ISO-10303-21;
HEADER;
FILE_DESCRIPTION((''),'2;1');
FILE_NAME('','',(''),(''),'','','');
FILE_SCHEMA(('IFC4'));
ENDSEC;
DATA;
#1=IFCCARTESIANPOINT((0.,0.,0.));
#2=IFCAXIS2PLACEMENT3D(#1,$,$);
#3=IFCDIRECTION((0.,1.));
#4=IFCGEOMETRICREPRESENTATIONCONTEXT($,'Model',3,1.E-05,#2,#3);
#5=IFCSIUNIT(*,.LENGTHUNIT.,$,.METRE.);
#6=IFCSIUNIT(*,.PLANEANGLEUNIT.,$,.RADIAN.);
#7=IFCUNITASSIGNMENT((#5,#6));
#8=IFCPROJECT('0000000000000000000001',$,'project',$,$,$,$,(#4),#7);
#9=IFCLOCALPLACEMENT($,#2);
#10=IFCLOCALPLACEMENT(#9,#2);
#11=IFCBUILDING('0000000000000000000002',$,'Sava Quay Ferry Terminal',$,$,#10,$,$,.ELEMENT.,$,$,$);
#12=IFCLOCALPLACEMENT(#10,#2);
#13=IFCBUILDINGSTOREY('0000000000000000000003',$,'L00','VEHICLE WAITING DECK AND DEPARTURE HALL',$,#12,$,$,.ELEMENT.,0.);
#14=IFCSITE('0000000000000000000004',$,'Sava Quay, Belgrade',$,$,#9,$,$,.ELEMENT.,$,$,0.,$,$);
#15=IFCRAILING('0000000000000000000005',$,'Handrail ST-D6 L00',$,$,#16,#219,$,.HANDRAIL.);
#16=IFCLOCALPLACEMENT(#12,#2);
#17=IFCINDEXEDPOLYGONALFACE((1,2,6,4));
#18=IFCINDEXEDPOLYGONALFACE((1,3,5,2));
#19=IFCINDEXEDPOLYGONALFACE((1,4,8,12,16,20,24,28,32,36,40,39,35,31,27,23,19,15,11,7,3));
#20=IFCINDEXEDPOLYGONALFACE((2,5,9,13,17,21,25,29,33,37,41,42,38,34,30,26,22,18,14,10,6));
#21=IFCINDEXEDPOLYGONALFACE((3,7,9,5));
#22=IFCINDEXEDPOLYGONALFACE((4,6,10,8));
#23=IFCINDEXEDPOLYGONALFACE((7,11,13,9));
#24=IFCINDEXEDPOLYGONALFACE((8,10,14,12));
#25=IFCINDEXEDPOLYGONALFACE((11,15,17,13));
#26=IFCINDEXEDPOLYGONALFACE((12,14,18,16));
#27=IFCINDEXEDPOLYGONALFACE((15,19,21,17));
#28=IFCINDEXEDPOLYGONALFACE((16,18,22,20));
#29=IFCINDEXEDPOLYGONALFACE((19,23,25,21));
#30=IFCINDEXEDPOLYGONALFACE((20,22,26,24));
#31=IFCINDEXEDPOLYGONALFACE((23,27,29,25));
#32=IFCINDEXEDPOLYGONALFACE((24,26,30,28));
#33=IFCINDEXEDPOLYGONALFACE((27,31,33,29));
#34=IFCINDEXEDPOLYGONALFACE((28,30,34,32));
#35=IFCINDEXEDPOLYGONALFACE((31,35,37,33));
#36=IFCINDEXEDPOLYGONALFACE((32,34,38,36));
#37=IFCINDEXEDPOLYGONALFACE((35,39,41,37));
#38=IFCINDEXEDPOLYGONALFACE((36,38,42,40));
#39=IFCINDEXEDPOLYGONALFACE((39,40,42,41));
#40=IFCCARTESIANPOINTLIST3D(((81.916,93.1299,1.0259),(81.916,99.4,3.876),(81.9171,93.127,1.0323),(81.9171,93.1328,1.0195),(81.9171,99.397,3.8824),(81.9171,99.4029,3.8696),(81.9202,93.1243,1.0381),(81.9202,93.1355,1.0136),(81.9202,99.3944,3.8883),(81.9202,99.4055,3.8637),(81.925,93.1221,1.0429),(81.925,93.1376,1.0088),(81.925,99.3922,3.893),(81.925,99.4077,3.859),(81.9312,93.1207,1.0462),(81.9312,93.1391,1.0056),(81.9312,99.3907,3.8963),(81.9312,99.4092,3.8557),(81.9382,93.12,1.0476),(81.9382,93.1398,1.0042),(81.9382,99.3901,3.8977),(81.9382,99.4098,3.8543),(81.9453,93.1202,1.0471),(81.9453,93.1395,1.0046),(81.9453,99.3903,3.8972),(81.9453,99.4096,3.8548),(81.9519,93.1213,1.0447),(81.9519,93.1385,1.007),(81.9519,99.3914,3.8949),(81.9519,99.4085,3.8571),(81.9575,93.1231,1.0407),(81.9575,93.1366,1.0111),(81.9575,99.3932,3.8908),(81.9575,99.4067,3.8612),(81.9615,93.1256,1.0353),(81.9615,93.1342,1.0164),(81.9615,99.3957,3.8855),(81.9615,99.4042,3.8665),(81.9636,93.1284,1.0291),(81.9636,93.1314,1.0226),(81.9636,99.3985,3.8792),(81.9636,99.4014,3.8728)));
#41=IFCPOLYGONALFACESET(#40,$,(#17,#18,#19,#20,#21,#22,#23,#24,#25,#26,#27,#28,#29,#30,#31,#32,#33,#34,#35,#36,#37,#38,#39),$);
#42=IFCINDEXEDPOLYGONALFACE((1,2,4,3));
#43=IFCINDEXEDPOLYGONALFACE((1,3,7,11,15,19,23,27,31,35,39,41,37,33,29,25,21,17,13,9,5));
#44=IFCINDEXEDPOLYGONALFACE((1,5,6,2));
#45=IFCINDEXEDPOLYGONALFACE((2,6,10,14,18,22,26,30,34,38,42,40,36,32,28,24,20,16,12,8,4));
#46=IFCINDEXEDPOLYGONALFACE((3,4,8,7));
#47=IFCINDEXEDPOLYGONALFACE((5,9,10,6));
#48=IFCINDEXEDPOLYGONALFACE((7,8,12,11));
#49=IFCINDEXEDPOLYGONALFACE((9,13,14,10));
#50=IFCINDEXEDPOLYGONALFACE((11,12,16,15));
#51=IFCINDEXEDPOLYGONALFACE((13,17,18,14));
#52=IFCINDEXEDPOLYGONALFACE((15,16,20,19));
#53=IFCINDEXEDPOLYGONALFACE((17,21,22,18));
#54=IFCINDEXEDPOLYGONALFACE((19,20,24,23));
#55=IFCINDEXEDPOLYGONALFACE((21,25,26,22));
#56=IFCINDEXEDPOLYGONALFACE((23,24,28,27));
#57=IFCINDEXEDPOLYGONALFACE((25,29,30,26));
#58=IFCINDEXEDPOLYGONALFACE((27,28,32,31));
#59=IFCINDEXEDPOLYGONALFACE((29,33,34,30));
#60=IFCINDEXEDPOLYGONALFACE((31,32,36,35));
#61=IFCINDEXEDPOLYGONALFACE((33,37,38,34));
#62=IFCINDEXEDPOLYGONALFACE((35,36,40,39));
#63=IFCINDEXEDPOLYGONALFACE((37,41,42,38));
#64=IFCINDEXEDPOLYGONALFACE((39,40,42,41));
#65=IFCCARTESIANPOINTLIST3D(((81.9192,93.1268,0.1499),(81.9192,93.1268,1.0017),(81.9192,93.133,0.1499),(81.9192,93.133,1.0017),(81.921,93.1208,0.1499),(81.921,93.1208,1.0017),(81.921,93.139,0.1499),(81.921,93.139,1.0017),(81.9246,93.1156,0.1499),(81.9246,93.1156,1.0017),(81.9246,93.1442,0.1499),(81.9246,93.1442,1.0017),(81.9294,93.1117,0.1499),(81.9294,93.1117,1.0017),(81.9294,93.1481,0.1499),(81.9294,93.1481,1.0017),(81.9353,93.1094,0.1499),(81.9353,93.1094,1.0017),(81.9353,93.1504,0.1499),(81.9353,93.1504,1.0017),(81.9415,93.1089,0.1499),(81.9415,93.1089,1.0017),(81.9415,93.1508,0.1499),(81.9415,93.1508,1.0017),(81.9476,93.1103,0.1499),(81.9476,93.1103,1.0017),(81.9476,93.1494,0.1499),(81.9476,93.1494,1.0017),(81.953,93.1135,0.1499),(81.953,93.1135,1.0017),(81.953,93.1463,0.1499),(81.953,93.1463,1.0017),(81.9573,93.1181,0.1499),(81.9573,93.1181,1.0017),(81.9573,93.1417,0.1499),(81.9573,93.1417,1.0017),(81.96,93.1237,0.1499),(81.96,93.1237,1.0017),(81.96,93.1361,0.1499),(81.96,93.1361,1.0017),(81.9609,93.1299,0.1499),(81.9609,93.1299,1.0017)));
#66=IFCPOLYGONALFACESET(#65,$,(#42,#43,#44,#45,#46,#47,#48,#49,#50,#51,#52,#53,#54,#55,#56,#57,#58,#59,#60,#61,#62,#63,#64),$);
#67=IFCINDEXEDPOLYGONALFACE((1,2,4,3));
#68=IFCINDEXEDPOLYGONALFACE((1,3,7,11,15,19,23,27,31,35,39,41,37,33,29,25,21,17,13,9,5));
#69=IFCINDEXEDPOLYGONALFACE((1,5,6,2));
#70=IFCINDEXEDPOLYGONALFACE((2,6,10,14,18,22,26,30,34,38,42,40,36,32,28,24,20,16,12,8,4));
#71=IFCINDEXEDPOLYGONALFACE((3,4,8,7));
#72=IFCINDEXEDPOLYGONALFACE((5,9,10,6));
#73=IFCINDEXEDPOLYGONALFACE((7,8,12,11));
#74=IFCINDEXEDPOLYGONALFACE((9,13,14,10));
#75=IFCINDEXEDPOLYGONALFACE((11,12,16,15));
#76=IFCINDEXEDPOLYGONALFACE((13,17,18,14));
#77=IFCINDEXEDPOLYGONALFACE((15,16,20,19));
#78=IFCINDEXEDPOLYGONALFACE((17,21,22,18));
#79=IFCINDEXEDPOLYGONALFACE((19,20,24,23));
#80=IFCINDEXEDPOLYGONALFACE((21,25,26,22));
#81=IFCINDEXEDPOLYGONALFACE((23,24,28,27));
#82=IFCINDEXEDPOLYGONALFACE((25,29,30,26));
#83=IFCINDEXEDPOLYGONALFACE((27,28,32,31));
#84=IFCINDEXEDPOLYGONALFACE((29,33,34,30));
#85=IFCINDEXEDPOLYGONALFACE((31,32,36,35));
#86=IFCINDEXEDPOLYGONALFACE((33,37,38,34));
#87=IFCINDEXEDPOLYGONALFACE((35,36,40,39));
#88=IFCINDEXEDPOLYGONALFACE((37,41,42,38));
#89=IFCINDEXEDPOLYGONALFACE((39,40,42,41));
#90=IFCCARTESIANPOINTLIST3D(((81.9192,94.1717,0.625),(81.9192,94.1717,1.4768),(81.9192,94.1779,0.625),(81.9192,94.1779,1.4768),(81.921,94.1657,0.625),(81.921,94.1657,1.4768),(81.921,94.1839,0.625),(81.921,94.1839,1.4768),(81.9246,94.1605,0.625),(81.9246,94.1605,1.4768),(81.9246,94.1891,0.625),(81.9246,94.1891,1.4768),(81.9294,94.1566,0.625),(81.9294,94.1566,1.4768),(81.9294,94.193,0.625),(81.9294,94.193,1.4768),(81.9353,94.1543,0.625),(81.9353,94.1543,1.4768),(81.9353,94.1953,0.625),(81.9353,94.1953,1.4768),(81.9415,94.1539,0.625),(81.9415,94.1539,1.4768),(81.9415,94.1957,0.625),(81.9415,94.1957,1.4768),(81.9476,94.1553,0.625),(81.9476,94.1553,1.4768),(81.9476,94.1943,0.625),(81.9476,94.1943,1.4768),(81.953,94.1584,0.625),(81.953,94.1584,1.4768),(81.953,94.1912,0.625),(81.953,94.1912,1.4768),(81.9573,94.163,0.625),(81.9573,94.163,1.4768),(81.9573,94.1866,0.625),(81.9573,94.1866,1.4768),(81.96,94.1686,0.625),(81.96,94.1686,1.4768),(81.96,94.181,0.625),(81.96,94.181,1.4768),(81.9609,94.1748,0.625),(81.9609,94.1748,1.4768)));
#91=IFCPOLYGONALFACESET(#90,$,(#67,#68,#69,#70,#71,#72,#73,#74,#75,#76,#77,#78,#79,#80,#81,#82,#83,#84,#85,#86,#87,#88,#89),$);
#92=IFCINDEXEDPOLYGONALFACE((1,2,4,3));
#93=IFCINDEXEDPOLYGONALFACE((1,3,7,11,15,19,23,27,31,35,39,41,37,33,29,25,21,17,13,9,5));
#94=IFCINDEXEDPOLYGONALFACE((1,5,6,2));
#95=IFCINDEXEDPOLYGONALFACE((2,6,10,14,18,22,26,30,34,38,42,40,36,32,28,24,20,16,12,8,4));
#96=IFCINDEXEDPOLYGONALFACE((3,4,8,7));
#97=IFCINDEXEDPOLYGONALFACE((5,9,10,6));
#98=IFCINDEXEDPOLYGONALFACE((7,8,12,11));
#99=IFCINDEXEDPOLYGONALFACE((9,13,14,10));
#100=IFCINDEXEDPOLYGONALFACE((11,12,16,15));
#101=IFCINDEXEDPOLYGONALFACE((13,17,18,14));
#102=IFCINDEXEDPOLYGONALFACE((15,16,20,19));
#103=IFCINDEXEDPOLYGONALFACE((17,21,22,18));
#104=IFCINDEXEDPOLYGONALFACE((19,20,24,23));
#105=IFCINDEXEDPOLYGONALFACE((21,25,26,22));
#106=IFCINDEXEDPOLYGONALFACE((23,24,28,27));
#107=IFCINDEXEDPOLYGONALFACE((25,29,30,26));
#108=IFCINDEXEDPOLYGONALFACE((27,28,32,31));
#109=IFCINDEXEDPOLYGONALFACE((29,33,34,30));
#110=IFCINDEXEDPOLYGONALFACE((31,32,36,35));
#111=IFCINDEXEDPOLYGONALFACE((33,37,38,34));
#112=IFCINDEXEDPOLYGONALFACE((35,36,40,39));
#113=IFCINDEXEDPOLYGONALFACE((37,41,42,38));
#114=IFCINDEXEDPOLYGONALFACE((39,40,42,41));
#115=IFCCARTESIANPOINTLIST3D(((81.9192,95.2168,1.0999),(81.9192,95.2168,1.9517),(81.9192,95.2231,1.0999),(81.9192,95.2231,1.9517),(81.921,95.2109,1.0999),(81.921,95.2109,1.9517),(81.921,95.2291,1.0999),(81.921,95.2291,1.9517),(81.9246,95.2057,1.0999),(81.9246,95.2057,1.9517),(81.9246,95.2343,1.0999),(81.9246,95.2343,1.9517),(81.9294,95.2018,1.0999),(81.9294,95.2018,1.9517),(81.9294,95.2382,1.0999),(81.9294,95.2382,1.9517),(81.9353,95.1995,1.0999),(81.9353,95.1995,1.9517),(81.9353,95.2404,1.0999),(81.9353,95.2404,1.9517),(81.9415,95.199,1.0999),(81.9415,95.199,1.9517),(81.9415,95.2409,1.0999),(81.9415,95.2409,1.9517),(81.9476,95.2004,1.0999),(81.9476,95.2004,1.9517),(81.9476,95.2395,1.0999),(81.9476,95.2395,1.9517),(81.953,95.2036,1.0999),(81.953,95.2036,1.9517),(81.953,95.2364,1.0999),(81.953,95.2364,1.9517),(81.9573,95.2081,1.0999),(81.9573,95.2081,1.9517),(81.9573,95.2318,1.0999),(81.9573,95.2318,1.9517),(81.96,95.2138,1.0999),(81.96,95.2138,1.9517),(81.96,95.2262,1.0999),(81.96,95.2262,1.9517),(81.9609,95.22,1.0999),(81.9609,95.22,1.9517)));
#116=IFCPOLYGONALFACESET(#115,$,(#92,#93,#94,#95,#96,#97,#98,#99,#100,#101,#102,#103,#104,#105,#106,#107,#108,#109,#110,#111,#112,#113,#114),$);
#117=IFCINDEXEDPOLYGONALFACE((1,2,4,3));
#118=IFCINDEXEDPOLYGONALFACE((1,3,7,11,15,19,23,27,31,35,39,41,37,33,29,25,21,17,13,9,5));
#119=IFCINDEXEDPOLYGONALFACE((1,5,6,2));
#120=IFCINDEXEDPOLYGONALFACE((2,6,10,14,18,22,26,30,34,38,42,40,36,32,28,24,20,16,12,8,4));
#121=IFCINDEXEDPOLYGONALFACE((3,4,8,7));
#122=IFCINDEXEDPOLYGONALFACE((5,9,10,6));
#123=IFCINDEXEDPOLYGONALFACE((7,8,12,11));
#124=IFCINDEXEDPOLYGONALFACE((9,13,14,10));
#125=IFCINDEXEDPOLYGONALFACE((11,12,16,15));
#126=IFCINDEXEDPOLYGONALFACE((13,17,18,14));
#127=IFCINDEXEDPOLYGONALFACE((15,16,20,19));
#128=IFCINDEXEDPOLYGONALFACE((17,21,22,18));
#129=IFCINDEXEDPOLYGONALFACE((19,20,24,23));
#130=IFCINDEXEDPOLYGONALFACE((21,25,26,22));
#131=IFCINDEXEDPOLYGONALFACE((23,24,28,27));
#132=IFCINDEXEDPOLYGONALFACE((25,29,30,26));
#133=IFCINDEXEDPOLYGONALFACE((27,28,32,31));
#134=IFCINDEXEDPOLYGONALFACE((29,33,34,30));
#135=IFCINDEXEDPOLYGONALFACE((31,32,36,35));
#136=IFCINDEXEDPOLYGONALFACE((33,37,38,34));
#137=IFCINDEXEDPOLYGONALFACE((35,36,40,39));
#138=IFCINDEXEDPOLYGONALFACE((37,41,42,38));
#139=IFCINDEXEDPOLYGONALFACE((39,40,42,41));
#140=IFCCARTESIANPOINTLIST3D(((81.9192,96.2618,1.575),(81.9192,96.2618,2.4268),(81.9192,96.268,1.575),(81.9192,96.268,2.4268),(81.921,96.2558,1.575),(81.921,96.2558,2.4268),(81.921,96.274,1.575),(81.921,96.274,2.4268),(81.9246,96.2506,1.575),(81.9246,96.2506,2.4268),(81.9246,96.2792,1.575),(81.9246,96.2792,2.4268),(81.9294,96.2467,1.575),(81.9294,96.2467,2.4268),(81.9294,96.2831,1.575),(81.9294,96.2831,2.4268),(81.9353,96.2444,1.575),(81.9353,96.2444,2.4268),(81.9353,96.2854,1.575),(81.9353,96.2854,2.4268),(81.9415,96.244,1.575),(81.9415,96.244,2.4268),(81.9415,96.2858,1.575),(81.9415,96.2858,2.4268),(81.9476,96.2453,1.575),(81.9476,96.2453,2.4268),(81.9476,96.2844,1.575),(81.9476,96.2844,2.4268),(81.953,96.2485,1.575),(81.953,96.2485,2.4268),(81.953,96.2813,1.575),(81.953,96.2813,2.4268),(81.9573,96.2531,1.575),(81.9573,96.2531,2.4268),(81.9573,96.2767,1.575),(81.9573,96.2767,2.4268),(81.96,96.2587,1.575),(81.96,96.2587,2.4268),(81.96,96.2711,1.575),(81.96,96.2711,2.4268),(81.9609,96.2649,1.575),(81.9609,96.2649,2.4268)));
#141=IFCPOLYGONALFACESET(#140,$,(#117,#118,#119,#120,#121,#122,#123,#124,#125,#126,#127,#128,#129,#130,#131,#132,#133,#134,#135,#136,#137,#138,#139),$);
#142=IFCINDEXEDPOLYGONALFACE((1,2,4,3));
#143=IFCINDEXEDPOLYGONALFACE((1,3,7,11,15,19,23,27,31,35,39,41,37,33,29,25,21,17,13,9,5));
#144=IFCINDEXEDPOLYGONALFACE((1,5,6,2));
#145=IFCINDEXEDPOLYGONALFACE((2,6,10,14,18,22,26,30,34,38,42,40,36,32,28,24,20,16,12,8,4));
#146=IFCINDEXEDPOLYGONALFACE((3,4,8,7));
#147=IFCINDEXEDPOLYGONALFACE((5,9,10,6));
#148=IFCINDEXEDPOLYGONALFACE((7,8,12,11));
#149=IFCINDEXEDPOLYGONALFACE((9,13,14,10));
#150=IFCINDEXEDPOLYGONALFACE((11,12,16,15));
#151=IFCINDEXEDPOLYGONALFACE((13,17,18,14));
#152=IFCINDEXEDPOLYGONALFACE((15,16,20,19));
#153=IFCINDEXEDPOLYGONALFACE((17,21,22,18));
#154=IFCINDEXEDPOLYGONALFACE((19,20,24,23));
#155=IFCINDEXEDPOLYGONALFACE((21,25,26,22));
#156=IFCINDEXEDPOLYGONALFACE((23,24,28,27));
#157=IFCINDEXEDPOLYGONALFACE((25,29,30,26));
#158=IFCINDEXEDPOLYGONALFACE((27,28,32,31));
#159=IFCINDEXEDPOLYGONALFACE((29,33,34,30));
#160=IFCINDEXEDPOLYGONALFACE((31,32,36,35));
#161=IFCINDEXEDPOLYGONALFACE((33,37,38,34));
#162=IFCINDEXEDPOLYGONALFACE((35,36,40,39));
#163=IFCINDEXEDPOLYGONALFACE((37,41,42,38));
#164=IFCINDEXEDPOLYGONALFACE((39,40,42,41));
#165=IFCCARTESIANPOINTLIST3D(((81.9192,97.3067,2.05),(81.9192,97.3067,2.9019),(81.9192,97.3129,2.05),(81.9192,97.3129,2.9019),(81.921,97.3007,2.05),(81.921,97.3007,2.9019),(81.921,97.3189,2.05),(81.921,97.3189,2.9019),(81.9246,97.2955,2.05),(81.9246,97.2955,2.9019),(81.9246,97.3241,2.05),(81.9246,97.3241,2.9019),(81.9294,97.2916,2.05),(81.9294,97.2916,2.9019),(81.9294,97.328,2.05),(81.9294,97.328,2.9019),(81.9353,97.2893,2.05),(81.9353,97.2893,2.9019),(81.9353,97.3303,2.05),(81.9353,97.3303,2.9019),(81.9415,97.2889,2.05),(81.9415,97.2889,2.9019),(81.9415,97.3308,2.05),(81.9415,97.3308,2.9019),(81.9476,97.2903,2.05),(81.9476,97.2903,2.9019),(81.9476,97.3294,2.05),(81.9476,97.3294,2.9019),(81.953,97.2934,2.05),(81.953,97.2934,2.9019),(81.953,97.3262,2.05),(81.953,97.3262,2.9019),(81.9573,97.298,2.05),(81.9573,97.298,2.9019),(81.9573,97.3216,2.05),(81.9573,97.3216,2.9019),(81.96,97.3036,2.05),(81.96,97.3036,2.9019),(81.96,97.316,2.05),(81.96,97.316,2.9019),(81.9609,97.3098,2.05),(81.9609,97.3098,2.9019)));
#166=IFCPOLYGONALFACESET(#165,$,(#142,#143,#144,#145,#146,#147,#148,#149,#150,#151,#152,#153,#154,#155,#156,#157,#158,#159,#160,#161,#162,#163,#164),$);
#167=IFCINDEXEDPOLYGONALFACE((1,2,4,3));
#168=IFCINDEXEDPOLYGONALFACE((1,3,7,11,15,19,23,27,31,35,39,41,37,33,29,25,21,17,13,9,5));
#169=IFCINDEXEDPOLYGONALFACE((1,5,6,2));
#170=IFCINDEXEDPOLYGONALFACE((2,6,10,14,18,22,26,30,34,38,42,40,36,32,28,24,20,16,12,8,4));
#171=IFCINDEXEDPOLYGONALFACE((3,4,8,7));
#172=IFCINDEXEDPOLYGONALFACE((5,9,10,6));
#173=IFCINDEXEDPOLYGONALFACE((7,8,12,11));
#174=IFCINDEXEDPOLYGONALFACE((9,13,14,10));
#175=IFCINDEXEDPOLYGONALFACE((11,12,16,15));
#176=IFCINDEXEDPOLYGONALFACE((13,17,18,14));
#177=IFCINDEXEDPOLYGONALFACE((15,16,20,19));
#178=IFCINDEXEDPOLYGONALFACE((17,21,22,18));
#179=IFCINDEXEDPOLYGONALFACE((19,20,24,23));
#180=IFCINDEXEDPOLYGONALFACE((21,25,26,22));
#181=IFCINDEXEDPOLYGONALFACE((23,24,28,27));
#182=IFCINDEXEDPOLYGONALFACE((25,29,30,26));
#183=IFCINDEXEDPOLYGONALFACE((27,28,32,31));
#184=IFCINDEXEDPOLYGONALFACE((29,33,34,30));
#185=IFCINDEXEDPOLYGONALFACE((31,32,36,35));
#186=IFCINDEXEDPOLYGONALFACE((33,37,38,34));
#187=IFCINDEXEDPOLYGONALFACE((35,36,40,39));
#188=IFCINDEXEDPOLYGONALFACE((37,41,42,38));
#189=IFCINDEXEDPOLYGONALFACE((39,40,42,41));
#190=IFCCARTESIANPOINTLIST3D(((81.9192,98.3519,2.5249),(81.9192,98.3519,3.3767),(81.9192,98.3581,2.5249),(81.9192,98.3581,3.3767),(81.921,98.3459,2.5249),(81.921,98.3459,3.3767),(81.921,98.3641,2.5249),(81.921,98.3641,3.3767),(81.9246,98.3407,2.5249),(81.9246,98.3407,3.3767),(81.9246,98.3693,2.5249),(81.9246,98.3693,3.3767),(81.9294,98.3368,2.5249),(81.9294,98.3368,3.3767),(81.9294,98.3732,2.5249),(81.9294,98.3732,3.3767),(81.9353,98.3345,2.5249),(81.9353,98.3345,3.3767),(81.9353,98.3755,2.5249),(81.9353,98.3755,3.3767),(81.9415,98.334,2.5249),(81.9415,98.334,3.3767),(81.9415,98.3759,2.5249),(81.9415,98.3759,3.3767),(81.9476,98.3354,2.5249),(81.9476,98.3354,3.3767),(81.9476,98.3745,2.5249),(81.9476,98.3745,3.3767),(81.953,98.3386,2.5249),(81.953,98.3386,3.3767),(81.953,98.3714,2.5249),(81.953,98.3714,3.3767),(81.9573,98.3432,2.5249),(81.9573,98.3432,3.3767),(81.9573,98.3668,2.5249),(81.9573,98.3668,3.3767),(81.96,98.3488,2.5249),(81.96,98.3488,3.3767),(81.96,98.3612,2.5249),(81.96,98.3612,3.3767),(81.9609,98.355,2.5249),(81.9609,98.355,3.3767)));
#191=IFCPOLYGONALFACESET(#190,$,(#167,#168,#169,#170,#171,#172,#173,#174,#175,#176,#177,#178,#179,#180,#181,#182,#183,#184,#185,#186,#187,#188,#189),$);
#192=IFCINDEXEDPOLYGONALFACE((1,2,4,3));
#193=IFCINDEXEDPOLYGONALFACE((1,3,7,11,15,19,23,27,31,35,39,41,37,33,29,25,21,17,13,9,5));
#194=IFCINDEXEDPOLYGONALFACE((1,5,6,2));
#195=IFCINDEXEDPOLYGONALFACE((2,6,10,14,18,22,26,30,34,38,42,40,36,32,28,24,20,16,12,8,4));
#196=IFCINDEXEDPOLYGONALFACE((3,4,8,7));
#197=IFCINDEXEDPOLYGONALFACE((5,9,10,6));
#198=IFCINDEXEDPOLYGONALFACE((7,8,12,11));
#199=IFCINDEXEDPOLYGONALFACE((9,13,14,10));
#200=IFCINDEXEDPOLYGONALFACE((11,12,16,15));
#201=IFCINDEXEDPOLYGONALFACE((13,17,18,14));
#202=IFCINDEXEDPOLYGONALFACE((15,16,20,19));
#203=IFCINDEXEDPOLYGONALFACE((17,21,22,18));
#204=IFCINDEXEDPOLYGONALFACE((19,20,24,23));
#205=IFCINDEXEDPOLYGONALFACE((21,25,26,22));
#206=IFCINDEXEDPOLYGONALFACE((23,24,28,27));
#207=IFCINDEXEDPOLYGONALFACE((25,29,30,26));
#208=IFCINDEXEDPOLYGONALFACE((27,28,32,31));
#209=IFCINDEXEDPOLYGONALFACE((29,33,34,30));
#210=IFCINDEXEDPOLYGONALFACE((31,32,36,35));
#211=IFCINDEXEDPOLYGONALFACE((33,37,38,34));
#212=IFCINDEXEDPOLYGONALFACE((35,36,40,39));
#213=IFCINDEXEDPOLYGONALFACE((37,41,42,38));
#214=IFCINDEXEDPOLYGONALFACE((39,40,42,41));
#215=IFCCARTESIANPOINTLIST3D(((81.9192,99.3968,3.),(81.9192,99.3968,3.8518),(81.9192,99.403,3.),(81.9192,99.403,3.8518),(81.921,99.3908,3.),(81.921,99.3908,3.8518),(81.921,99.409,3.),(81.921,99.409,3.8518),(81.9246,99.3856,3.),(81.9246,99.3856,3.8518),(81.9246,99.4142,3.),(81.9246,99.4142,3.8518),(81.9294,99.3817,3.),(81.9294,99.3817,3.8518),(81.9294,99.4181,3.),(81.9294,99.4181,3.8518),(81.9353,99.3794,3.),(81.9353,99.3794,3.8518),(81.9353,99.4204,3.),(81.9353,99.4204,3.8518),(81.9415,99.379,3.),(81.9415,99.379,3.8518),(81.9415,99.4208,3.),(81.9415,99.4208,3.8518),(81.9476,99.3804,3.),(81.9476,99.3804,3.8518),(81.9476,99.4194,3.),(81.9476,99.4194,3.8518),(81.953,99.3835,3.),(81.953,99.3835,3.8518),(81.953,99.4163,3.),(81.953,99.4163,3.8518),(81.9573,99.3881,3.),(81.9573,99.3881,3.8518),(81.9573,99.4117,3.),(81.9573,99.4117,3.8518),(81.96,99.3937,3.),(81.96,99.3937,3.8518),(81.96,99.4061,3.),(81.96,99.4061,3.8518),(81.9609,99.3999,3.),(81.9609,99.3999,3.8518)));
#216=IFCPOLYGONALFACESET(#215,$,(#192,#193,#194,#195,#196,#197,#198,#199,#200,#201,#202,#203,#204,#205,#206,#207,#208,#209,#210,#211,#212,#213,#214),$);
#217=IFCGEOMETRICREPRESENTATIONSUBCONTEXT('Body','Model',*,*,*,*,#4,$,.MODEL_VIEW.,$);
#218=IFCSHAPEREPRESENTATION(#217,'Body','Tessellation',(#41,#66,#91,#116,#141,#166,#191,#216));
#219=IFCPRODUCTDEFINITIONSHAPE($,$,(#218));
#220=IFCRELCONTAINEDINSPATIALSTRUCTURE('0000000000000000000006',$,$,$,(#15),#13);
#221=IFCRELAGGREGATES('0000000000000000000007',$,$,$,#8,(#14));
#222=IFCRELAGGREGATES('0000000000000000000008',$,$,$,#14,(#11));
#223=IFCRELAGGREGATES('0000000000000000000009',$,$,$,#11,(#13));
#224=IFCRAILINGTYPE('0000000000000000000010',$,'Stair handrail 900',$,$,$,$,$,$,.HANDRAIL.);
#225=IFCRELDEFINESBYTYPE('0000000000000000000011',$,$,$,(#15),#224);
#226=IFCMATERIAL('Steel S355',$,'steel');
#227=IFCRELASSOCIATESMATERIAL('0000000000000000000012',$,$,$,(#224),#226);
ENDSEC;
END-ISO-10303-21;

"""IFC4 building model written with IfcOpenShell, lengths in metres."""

from ifc_helpers import new_model, si_unit, direction, frame, origin, origin_2d, place, context, subcontext, project, spatial, circle, extrude, material, type_object, element, save


model = new_model("IFC4")

# Units and contexts
model_context = context("Model", 3, precision=1e-05, world=origin(), true_north=direction((0.0, 1.0)))
body_context = subcontext(model_context, "Body", "Model", "MODEL_VIEW")
ifc_project = project(units=[si_unit("LENGTHUNIT", "METRE"), si_unit("PLANEANGLEUNIT", "RADIAN")], contexts=[model_context])

# Site, building, storey
site_placement = place(None, origin())
site = spatial("IfcSite", under=ifc_project, at=site_placement, Name="Sava Quay, Belgrade", CompositionType="ELEMENT", RefElevation=0.0)
building_placement = place(site_placement, origin())
building = spatial("IfcBuilding", under=site, at=building_placement, Name="Sava Quay Ferry Terminal", CompositionType="ELEMENT")
storey_placement = place(building_placement, origin())
storey = spatial("IfcBuildingStorey", under=building, at=storey_placement, Name="L00", Description="VEHICLE WAITING DECK AND DEPARTURE HALL", CompositionType="ELEMENT", Elevation=0.0)

# Railing
ifc_material_1 = material(Name="Steel S355", Category="steel")
railing_type_1 = type_object("IfcRailingType", Name="Stair handrail 900", PredefinedType="HANDRAIL", material=ifc_material_1)
railing_1_placement = place(storey_placement, frame((81.9399, 93.1299, 0.1499)))
element("IfcRailing", 1, at=railing_1_placement, inside=storey, type_object=railing_type_1, Name="Handrail ST-D6 L00", PredefinedType="HANDRAIL", context=body_context, shape_type="SweptSolid", body=[
    extrude(circle(Radius=0.0239, at=origin_2d()), frame((0.0, 0.0, 0.876), z_axis=(0.0, 0.910362, 0.413814), x_axis=(-1.0, 0.0, 0.0)), (0.0, 0.0, 1.0), 6.8875),
    extrude(circle(Radius=0.021, at=origin_2d()), origin(), (0.0, 0.0, 1.0), 0.8518),
    extrude(circle(Radius=0.021, at=origin_2d()), frame((0.0, 1.0449, 0.4751)), (0.0, 0.0, 1.0), 0.8518),
    extrude(circle(Radius=0.021, at=origin_2d()), frame((0.0, 2.0901, 0.95)), (0.0, 0.0, 1.0), 0.8518),
    extrude(circle(Radius=0.021, at=origin_2d()), frame((0.0, 3.135, 1.425)), (0.0, 0.0, 1.0), 0.8518),
    extrude(circle(Radius=0.021, at=origin_2d()), frame((0.0, 4.1799, 1.9001)), (0.0, 0.0, 1.0), 0.8518),
    extrude(circle(Radius=0.021, at=origin_2d()), frame((0.0, 5.2251, 2.375)), (0.0, 0.0, 1.0), 0.8518),
    extrude(circle(Radius=0.021, at=origin_2d()), frame((0.0, 6.27, 2.8501)), (0.0, 0.0, 1.0), 0.8518),
])

save(model, "model.ifc")
